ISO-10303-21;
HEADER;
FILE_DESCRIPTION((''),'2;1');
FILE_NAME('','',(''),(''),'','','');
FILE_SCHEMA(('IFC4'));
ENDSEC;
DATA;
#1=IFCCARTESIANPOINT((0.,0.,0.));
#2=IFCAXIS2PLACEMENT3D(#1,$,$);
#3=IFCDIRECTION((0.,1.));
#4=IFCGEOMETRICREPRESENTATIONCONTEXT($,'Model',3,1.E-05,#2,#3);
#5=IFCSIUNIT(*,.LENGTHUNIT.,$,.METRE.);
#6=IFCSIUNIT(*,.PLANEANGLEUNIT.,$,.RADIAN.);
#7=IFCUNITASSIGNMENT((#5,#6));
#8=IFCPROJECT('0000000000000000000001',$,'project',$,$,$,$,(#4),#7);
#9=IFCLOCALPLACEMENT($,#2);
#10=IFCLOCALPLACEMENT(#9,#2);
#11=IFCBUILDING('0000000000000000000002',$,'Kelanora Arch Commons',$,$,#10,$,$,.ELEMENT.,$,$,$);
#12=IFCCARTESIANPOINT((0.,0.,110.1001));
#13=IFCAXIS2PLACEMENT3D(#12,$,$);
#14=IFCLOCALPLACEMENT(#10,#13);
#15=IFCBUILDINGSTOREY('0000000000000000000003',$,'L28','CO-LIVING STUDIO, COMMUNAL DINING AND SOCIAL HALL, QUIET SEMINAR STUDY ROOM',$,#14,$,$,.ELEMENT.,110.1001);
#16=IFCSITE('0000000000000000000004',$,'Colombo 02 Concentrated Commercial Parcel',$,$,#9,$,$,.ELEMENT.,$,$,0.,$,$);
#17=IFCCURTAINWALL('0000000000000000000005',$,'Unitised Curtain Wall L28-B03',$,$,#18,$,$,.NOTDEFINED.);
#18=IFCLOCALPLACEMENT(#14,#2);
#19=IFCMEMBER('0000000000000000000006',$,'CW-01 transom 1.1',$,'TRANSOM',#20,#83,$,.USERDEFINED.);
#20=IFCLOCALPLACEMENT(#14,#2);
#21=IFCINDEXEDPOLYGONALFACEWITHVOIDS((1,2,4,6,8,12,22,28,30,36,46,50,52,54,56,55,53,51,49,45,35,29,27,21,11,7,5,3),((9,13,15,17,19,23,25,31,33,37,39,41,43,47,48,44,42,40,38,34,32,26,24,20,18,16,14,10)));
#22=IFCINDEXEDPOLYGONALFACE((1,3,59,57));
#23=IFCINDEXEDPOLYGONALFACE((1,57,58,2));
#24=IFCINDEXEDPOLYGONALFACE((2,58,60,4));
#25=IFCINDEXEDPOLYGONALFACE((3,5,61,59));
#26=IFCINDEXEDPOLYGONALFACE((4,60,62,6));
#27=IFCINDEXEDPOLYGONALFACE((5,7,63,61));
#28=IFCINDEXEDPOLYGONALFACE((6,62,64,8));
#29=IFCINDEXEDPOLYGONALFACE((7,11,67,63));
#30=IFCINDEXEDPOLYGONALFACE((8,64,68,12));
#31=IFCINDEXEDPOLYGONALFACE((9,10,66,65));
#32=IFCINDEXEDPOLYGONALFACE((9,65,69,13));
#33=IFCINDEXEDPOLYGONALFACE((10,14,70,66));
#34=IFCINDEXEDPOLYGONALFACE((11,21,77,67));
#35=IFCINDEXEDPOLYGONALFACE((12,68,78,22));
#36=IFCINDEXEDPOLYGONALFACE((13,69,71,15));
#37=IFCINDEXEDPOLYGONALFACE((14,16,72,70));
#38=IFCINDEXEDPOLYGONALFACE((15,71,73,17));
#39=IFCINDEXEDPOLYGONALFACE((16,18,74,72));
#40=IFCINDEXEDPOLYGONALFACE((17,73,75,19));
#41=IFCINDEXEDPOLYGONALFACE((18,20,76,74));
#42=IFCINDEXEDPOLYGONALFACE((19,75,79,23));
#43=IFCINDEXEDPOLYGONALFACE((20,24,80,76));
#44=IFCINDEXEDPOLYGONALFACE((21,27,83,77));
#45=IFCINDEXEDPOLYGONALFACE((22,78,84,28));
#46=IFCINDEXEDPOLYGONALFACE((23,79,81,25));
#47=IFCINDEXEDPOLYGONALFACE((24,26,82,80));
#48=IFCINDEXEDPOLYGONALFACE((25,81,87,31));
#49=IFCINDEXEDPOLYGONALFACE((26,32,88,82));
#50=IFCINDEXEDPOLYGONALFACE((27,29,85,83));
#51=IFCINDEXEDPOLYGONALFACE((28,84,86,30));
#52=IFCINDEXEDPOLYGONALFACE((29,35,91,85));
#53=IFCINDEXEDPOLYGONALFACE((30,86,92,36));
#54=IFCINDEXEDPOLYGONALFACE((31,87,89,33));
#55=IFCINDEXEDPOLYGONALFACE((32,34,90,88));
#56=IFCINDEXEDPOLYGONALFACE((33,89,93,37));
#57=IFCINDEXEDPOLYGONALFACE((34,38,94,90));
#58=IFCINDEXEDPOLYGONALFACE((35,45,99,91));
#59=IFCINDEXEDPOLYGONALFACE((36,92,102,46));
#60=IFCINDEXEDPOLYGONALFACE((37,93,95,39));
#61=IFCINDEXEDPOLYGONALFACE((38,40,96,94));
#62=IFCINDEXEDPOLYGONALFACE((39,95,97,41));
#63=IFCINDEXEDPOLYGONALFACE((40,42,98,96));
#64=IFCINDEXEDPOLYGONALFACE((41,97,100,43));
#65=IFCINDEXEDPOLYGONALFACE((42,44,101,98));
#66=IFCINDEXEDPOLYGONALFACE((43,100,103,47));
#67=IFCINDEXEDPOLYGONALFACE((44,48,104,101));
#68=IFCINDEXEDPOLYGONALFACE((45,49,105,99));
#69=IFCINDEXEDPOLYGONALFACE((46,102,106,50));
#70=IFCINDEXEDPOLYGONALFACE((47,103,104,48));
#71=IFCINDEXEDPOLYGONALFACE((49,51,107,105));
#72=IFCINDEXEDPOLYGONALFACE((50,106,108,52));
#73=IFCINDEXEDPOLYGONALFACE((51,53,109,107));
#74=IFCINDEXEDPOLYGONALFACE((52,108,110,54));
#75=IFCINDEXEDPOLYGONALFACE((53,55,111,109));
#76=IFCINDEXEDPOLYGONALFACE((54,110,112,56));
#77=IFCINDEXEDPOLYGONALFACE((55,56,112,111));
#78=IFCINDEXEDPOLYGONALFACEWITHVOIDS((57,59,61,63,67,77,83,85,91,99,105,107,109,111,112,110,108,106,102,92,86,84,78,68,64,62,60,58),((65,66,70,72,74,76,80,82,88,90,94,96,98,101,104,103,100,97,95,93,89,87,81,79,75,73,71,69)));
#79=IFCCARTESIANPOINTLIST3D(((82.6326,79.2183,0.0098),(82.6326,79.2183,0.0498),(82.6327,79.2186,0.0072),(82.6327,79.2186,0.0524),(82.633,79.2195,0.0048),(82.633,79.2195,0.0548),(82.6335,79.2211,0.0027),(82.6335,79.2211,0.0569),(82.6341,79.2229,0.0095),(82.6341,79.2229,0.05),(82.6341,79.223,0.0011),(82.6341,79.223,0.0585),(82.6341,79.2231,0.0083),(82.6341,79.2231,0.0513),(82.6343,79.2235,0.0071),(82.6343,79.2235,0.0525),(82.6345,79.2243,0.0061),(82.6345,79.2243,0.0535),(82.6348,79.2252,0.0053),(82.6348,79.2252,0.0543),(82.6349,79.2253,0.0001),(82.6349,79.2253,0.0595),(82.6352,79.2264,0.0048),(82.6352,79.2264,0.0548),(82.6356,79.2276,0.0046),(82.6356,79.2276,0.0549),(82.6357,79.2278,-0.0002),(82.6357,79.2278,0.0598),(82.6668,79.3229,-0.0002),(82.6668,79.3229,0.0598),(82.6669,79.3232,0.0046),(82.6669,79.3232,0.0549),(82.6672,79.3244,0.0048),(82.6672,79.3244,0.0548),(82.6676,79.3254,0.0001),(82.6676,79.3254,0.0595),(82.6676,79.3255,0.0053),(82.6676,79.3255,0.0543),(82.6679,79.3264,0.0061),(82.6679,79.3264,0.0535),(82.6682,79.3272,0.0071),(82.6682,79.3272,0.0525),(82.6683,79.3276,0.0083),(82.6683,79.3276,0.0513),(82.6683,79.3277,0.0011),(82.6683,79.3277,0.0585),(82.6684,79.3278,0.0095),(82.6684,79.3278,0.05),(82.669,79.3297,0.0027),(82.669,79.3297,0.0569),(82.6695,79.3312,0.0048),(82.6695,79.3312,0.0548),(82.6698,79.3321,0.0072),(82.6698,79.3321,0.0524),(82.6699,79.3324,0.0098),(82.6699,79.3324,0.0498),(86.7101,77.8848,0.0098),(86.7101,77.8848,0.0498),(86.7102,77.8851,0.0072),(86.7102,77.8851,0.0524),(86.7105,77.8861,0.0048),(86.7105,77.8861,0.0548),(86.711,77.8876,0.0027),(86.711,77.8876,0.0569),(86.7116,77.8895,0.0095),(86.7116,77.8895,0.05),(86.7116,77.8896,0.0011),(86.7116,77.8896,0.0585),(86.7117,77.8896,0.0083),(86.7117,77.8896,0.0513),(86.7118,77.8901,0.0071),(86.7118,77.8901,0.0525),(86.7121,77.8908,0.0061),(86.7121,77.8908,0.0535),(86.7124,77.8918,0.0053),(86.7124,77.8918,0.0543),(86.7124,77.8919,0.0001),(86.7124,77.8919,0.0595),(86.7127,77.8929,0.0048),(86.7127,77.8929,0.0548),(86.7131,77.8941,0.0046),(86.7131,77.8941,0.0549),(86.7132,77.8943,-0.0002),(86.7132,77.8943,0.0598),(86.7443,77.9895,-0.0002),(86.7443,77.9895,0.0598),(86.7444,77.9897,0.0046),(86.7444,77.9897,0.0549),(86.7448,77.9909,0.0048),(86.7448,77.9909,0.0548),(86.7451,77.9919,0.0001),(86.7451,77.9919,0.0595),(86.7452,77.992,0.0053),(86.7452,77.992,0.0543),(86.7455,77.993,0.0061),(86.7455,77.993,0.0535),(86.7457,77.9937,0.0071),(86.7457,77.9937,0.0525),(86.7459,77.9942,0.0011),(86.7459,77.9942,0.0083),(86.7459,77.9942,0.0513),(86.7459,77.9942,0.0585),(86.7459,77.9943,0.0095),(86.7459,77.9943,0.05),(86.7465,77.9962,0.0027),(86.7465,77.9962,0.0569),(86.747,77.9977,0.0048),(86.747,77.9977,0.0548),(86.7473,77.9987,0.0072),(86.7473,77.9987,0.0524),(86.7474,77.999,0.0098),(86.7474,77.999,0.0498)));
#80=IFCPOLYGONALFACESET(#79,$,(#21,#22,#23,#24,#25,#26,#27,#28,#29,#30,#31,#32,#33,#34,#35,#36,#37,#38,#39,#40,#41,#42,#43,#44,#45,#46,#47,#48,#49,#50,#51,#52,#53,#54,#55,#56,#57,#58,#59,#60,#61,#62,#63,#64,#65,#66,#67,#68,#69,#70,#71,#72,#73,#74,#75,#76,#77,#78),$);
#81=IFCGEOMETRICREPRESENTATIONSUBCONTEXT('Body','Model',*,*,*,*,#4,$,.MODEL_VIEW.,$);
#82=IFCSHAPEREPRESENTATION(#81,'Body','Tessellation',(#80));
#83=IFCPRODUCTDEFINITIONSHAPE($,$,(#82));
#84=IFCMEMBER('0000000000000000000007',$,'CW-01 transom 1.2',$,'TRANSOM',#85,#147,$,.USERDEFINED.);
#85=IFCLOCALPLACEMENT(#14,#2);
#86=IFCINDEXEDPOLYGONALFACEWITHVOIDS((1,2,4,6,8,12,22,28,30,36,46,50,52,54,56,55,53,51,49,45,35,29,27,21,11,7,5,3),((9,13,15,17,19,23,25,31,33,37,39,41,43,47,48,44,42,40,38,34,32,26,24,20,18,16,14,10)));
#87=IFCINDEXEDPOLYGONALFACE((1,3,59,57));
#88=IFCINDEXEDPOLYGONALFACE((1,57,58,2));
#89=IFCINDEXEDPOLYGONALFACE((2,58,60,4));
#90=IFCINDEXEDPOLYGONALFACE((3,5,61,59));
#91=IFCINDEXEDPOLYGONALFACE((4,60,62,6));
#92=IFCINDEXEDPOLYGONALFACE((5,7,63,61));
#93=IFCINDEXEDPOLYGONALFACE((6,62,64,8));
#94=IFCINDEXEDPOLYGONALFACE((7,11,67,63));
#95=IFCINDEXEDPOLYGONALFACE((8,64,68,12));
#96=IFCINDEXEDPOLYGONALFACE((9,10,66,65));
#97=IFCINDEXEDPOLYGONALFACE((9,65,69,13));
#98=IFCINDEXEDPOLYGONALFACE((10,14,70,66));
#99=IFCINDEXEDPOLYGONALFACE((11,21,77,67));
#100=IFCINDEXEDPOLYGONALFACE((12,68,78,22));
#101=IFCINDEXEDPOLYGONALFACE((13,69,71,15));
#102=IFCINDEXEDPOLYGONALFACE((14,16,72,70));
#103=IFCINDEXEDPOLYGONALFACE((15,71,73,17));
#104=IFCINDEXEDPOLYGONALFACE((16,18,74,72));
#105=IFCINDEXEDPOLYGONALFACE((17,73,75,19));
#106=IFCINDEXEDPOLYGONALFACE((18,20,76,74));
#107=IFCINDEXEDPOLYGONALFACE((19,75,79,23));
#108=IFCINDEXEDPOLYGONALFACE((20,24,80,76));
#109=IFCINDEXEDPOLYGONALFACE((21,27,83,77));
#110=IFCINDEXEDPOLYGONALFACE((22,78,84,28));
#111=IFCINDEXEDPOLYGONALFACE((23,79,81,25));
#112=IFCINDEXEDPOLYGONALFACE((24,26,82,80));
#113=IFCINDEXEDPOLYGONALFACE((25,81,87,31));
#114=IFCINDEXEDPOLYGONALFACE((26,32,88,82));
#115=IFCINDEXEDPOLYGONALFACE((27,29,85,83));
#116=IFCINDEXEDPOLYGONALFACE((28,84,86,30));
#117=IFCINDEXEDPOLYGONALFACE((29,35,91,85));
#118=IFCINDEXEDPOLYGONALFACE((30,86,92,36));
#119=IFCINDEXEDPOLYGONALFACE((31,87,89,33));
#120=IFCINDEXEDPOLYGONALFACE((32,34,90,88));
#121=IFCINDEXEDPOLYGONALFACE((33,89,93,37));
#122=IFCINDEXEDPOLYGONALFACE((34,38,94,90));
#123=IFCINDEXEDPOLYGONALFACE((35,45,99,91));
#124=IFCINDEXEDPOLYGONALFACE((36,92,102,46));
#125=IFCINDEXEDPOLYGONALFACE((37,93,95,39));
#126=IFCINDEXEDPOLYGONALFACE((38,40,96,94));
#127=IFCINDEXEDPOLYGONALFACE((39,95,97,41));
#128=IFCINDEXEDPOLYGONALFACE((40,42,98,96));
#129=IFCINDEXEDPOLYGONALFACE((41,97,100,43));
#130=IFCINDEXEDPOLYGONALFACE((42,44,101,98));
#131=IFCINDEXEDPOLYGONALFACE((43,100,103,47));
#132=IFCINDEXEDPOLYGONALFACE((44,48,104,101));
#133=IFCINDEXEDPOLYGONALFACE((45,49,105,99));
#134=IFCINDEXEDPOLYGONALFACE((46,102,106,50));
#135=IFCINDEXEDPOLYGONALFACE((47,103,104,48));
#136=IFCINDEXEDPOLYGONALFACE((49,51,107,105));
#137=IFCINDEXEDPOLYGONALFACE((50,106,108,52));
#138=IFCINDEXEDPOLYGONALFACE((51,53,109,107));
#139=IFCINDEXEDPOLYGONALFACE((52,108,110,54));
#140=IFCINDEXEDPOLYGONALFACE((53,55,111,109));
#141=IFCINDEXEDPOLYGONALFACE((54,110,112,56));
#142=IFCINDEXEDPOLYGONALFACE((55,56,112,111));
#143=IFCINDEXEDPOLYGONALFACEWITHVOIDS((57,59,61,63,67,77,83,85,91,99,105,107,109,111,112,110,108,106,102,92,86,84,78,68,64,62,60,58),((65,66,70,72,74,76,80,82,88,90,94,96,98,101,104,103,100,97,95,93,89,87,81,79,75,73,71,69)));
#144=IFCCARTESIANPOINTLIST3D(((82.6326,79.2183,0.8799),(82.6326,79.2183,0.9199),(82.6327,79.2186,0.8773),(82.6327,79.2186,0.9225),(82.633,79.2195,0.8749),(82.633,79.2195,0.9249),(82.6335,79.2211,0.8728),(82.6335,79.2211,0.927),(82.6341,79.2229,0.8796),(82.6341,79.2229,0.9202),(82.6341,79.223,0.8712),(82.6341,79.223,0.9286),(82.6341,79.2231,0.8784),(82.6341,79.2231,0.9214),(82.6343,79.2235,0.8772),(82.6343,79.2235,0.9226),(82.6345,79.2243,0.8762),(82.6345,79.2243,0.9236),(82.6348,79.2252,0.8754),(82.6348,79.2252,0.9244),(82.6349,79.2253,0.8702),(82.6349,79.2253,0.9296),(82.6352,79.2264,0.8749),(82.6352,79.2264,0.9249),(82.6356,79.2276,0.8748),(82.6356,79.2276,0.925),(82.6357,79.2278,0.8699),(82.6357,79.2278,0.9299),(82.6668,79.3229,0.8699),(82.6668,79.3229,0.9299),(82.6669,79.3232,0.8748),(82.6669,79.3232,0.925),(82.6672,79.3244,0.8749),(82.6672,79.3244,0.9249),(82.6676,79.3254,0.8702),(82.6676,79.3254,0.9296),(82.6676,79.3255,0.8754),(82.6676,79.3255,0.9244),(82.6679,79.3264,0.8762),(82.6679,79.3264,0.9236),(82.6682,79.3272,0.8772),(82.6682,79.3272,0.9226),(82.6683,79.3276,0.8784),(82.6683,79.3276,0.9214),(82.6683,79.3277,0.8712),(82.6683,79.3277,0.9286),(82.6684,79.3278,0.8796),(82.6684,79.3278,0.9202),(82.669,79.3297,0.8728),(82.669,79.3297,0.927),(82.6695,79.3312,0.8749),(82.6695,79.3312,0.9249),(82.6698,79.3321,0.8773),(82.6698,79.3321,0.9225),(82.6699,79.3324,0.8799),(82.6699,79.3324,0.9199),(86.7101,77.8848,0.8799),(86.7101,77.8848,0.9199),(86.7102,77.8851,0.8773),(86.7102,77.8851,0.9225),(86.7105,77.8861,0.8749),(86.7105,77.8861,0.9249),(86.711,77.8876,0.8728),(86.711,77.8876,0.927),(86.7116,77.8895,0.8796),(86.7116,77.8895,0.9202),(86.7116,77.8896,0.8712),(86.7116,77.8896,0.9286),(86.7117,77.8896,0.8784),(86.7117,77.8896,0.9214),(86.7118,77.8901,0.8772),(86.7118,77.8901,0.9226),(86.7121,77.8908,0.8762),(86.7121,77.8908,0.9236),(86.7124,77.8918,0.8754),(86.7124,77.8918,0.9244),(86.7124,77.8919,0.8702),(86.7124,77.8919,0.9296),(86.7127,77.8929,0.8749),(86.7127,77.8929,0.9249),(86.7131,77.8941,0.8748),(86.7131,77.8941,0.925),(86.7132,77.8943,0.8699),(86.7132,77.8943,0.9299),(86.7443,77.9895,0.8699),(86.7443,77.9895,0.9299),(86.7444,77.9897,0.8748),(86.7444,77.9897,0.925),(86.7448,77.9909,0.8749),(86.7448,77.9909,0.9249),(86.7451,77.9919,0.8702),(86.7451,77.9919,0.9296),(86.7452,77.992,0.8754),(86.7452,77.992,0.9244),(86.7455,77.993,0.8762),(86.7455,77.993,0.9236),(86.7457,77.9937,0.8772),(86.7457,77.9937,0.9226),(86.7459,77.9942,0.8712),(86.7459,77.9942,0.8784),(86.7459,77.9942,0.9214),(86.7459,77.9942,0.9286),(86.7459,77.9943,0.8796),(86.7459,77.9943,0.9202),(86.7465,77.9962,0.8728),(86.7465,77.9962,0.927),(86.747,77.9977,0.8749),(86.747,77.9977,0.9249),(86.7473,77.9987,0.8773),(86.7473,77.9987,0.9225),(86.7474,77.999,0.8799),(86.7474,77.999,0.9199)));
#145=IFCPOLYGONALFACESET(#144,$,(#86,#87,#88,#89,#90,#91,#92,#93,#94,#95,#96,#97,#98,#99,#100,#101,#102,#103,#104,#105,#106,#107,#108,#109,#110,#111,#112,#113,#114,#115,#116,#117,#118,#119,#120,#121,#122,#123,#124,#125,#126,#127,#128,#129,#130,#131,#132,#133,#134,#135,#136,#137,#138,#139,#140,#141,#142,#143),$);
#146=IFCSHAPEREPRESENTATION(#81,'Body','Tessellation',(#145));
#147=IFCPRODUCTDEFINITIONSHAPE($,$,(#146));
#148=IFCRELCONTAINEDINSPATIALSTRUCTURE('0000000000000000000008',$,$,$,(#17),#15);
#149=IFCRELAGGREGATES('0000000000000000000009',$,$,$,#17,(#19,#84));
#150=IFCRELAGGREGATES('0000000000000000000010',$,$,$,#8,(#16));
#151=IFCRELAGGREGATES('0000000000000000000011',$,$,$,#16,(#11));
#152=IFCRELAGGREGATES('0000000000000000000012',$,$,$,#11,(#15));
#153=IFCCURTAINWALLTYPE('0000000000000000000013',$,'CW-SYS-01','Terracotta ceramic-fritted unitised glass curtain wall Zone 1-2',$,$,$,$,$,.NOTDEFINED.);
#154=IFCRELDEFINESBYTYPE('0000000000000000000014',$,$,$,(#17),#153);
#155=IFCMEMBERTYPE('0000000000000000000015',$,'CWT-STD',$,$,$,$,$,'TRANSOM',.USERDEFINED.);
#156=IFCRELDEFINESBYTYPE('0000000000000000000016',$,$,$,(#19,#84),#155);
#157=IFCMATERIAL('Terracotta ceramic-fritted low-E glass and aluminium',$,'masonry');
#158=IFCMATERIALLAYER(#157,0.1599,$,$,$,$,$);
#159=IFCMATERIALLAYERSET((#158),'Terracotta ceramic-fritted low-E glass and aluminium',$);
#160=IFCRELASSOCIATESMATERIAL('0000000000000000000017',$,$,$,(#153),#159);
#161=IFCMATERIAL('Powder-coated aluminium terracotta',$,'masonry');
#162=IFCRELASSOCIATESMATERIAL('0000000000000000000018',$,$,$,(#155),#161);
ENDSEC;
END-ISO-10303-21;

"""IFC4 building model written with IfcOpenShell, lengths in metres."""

from ifc_helpers import new_model, si_unit, direction, frame, origin, origin_2d, place, context, subcontext, project, spatial, hollow_rectangle, extrude, material, layer, layer_set, material_profile, profile_set, type_object, element, aggregate, save


model = new_model("IFC4")

# Units and contexts
model_context = context("Model", 3, precision=1e-05, world=origin(), true_north=direction((0.0, 1.0)))
body_context = subcontext(model_context, "Body", "Model", "MODEL_VIEW")
ifc_project = project(units=[si_unit("LENGTHUNIT", "METRE"), si_unit("PLANEANGLEUNIT", "RADIAN")], contexts=[model_context])

# Site, building, storey
site_placement = place(None, origin())
site = spatial("IfcSite", under=ifc_project, at=site_placement, Name="Colombo 02 Concentrated Commercial Parcel", CompositionType="ELEMENT", RefElevation=0.0)
building_placement = place(site_placement, origin())
building = spatial("IfcBuilding", under=site, at=building_placement, Name="Kelanora Arch Commons", CompositionType="ELEMENT")
storey_placement = place(building_placement, frame((0.0, 0.0, 110.1001)))
storey = spatial("IfcBuildingStorey", under=building, at=storey_placement, Name="L28", Description="CO-LIVING STUDIO, COMMUNAL DINING AND SOCIAL HALL, QUIET SEMINAR STUDY ROOM", CompositionType="ELEMENT", Elevation=110.1001)

# Shared definitions
ifc_material_1 = material(Name="Terracotta ceramic-fritted low-E glass and aluminium", Category="masonry")
ifc_layer_1 = layer(ifc_material_1, 0.1599)
ifc_layer_set_1 = layer_set([ifc_layer_1], Name="Terracotta ceramic-fritted low-E glass and aluminium")
curtain_wall_type = type_object("IfcCurtainWallType", Name="CW-SYS-01", Description="Terracotta ceramic-fritted unitised glass curtain wall Zone 1-2", PredefinedType="NOTDEFINED", material=ifc_layer_set_1)
ifc_material_2 = material(Name="Powder-coated aluminium terracotta", Category="masonry")

# Curtain wall, members
curtain_wall_1_placement = place(storey_placement, origin())
curtain_wall_1 = element("IfcCurtainWall", 1, at=curtain_wall_1_placement, inside=storey, type_object=curtain_wall_type, Name="Unitised Curtain Wall L28-B03", PredefinedType="NOTDEFINED")
ifc_material_profile_1 = material_profile(ifc_material_2, hollow_rectangle(XDim=0.1201, YDim=0.0601, WallThickness=0.0049, InnerFilletRadius=0.0049, OuterFilletRadius=0.01, at=origin_2d()), Name="CWT120x60")
ifc_profile_set_1 = profile_set([ifc_material_profile_1], Name="Powder-coated aluminium terracotta")
member_type_1 = type_object("IfcMemberType", Name="CWT-STD", ElementType="TRANSOM", PredefinedType="USERDEFINED", material=ifc_profile_set_1)
member_1_placement = place(storey_placement, frame((86.7288, 77.9419, 0.0298), z_axis=(-0.950466, 0.310828, 0.0), x_axis=(-0.310828, -0.950466, 0.0)))
member_1 = element("IfcMember", 2, at=member_1_placement, type_object=member_type_1, Name="CW-01 transom 1.1", ObjectType="TRANSOM", PredefinedType="USERDEFINED", context=body_context, shape_type="SweptSolid", body=[
    extrude(hollow_rectangle(XDim=0.1201, YDim=0.0601, WallThickness=0.0049, InnerFilletRadius=0.0049, OuterFilletRadius=0.01, at=origin_2d()), origin(), (0.0, 0.0, 1.0), 4.29),
])
member_2_placement = place(storey_placement, frame((86.7288, 77.9419, 0.8999), z_axis=(-0.950466, 0.310828, 0.0), x_axis=(-0.310828, -0.950466, 0.0)))
member_2 = element("IfcMember", 3, at=member_2_placement, type_object=member_type_1, Name="CW-01 transom 1.2", ObjectType="TRANSOM", PredefinedType="USERDEFINED", context=body_context, shape_type="SweptSolid", body=[
    extrude(hollow_rectangle(XDim=0.1201, YDim=0.0601, WallThickness=0.0049, InnerFilletRadius=0.0049, OuterFilletRadius=0.01, at=origin_2d()), origin(), (0.0, 0.0, 1.0), 4.29),
])
aggregate(curtain_wall_1, [member_1, member_2])

save(model, "model.ifc")
